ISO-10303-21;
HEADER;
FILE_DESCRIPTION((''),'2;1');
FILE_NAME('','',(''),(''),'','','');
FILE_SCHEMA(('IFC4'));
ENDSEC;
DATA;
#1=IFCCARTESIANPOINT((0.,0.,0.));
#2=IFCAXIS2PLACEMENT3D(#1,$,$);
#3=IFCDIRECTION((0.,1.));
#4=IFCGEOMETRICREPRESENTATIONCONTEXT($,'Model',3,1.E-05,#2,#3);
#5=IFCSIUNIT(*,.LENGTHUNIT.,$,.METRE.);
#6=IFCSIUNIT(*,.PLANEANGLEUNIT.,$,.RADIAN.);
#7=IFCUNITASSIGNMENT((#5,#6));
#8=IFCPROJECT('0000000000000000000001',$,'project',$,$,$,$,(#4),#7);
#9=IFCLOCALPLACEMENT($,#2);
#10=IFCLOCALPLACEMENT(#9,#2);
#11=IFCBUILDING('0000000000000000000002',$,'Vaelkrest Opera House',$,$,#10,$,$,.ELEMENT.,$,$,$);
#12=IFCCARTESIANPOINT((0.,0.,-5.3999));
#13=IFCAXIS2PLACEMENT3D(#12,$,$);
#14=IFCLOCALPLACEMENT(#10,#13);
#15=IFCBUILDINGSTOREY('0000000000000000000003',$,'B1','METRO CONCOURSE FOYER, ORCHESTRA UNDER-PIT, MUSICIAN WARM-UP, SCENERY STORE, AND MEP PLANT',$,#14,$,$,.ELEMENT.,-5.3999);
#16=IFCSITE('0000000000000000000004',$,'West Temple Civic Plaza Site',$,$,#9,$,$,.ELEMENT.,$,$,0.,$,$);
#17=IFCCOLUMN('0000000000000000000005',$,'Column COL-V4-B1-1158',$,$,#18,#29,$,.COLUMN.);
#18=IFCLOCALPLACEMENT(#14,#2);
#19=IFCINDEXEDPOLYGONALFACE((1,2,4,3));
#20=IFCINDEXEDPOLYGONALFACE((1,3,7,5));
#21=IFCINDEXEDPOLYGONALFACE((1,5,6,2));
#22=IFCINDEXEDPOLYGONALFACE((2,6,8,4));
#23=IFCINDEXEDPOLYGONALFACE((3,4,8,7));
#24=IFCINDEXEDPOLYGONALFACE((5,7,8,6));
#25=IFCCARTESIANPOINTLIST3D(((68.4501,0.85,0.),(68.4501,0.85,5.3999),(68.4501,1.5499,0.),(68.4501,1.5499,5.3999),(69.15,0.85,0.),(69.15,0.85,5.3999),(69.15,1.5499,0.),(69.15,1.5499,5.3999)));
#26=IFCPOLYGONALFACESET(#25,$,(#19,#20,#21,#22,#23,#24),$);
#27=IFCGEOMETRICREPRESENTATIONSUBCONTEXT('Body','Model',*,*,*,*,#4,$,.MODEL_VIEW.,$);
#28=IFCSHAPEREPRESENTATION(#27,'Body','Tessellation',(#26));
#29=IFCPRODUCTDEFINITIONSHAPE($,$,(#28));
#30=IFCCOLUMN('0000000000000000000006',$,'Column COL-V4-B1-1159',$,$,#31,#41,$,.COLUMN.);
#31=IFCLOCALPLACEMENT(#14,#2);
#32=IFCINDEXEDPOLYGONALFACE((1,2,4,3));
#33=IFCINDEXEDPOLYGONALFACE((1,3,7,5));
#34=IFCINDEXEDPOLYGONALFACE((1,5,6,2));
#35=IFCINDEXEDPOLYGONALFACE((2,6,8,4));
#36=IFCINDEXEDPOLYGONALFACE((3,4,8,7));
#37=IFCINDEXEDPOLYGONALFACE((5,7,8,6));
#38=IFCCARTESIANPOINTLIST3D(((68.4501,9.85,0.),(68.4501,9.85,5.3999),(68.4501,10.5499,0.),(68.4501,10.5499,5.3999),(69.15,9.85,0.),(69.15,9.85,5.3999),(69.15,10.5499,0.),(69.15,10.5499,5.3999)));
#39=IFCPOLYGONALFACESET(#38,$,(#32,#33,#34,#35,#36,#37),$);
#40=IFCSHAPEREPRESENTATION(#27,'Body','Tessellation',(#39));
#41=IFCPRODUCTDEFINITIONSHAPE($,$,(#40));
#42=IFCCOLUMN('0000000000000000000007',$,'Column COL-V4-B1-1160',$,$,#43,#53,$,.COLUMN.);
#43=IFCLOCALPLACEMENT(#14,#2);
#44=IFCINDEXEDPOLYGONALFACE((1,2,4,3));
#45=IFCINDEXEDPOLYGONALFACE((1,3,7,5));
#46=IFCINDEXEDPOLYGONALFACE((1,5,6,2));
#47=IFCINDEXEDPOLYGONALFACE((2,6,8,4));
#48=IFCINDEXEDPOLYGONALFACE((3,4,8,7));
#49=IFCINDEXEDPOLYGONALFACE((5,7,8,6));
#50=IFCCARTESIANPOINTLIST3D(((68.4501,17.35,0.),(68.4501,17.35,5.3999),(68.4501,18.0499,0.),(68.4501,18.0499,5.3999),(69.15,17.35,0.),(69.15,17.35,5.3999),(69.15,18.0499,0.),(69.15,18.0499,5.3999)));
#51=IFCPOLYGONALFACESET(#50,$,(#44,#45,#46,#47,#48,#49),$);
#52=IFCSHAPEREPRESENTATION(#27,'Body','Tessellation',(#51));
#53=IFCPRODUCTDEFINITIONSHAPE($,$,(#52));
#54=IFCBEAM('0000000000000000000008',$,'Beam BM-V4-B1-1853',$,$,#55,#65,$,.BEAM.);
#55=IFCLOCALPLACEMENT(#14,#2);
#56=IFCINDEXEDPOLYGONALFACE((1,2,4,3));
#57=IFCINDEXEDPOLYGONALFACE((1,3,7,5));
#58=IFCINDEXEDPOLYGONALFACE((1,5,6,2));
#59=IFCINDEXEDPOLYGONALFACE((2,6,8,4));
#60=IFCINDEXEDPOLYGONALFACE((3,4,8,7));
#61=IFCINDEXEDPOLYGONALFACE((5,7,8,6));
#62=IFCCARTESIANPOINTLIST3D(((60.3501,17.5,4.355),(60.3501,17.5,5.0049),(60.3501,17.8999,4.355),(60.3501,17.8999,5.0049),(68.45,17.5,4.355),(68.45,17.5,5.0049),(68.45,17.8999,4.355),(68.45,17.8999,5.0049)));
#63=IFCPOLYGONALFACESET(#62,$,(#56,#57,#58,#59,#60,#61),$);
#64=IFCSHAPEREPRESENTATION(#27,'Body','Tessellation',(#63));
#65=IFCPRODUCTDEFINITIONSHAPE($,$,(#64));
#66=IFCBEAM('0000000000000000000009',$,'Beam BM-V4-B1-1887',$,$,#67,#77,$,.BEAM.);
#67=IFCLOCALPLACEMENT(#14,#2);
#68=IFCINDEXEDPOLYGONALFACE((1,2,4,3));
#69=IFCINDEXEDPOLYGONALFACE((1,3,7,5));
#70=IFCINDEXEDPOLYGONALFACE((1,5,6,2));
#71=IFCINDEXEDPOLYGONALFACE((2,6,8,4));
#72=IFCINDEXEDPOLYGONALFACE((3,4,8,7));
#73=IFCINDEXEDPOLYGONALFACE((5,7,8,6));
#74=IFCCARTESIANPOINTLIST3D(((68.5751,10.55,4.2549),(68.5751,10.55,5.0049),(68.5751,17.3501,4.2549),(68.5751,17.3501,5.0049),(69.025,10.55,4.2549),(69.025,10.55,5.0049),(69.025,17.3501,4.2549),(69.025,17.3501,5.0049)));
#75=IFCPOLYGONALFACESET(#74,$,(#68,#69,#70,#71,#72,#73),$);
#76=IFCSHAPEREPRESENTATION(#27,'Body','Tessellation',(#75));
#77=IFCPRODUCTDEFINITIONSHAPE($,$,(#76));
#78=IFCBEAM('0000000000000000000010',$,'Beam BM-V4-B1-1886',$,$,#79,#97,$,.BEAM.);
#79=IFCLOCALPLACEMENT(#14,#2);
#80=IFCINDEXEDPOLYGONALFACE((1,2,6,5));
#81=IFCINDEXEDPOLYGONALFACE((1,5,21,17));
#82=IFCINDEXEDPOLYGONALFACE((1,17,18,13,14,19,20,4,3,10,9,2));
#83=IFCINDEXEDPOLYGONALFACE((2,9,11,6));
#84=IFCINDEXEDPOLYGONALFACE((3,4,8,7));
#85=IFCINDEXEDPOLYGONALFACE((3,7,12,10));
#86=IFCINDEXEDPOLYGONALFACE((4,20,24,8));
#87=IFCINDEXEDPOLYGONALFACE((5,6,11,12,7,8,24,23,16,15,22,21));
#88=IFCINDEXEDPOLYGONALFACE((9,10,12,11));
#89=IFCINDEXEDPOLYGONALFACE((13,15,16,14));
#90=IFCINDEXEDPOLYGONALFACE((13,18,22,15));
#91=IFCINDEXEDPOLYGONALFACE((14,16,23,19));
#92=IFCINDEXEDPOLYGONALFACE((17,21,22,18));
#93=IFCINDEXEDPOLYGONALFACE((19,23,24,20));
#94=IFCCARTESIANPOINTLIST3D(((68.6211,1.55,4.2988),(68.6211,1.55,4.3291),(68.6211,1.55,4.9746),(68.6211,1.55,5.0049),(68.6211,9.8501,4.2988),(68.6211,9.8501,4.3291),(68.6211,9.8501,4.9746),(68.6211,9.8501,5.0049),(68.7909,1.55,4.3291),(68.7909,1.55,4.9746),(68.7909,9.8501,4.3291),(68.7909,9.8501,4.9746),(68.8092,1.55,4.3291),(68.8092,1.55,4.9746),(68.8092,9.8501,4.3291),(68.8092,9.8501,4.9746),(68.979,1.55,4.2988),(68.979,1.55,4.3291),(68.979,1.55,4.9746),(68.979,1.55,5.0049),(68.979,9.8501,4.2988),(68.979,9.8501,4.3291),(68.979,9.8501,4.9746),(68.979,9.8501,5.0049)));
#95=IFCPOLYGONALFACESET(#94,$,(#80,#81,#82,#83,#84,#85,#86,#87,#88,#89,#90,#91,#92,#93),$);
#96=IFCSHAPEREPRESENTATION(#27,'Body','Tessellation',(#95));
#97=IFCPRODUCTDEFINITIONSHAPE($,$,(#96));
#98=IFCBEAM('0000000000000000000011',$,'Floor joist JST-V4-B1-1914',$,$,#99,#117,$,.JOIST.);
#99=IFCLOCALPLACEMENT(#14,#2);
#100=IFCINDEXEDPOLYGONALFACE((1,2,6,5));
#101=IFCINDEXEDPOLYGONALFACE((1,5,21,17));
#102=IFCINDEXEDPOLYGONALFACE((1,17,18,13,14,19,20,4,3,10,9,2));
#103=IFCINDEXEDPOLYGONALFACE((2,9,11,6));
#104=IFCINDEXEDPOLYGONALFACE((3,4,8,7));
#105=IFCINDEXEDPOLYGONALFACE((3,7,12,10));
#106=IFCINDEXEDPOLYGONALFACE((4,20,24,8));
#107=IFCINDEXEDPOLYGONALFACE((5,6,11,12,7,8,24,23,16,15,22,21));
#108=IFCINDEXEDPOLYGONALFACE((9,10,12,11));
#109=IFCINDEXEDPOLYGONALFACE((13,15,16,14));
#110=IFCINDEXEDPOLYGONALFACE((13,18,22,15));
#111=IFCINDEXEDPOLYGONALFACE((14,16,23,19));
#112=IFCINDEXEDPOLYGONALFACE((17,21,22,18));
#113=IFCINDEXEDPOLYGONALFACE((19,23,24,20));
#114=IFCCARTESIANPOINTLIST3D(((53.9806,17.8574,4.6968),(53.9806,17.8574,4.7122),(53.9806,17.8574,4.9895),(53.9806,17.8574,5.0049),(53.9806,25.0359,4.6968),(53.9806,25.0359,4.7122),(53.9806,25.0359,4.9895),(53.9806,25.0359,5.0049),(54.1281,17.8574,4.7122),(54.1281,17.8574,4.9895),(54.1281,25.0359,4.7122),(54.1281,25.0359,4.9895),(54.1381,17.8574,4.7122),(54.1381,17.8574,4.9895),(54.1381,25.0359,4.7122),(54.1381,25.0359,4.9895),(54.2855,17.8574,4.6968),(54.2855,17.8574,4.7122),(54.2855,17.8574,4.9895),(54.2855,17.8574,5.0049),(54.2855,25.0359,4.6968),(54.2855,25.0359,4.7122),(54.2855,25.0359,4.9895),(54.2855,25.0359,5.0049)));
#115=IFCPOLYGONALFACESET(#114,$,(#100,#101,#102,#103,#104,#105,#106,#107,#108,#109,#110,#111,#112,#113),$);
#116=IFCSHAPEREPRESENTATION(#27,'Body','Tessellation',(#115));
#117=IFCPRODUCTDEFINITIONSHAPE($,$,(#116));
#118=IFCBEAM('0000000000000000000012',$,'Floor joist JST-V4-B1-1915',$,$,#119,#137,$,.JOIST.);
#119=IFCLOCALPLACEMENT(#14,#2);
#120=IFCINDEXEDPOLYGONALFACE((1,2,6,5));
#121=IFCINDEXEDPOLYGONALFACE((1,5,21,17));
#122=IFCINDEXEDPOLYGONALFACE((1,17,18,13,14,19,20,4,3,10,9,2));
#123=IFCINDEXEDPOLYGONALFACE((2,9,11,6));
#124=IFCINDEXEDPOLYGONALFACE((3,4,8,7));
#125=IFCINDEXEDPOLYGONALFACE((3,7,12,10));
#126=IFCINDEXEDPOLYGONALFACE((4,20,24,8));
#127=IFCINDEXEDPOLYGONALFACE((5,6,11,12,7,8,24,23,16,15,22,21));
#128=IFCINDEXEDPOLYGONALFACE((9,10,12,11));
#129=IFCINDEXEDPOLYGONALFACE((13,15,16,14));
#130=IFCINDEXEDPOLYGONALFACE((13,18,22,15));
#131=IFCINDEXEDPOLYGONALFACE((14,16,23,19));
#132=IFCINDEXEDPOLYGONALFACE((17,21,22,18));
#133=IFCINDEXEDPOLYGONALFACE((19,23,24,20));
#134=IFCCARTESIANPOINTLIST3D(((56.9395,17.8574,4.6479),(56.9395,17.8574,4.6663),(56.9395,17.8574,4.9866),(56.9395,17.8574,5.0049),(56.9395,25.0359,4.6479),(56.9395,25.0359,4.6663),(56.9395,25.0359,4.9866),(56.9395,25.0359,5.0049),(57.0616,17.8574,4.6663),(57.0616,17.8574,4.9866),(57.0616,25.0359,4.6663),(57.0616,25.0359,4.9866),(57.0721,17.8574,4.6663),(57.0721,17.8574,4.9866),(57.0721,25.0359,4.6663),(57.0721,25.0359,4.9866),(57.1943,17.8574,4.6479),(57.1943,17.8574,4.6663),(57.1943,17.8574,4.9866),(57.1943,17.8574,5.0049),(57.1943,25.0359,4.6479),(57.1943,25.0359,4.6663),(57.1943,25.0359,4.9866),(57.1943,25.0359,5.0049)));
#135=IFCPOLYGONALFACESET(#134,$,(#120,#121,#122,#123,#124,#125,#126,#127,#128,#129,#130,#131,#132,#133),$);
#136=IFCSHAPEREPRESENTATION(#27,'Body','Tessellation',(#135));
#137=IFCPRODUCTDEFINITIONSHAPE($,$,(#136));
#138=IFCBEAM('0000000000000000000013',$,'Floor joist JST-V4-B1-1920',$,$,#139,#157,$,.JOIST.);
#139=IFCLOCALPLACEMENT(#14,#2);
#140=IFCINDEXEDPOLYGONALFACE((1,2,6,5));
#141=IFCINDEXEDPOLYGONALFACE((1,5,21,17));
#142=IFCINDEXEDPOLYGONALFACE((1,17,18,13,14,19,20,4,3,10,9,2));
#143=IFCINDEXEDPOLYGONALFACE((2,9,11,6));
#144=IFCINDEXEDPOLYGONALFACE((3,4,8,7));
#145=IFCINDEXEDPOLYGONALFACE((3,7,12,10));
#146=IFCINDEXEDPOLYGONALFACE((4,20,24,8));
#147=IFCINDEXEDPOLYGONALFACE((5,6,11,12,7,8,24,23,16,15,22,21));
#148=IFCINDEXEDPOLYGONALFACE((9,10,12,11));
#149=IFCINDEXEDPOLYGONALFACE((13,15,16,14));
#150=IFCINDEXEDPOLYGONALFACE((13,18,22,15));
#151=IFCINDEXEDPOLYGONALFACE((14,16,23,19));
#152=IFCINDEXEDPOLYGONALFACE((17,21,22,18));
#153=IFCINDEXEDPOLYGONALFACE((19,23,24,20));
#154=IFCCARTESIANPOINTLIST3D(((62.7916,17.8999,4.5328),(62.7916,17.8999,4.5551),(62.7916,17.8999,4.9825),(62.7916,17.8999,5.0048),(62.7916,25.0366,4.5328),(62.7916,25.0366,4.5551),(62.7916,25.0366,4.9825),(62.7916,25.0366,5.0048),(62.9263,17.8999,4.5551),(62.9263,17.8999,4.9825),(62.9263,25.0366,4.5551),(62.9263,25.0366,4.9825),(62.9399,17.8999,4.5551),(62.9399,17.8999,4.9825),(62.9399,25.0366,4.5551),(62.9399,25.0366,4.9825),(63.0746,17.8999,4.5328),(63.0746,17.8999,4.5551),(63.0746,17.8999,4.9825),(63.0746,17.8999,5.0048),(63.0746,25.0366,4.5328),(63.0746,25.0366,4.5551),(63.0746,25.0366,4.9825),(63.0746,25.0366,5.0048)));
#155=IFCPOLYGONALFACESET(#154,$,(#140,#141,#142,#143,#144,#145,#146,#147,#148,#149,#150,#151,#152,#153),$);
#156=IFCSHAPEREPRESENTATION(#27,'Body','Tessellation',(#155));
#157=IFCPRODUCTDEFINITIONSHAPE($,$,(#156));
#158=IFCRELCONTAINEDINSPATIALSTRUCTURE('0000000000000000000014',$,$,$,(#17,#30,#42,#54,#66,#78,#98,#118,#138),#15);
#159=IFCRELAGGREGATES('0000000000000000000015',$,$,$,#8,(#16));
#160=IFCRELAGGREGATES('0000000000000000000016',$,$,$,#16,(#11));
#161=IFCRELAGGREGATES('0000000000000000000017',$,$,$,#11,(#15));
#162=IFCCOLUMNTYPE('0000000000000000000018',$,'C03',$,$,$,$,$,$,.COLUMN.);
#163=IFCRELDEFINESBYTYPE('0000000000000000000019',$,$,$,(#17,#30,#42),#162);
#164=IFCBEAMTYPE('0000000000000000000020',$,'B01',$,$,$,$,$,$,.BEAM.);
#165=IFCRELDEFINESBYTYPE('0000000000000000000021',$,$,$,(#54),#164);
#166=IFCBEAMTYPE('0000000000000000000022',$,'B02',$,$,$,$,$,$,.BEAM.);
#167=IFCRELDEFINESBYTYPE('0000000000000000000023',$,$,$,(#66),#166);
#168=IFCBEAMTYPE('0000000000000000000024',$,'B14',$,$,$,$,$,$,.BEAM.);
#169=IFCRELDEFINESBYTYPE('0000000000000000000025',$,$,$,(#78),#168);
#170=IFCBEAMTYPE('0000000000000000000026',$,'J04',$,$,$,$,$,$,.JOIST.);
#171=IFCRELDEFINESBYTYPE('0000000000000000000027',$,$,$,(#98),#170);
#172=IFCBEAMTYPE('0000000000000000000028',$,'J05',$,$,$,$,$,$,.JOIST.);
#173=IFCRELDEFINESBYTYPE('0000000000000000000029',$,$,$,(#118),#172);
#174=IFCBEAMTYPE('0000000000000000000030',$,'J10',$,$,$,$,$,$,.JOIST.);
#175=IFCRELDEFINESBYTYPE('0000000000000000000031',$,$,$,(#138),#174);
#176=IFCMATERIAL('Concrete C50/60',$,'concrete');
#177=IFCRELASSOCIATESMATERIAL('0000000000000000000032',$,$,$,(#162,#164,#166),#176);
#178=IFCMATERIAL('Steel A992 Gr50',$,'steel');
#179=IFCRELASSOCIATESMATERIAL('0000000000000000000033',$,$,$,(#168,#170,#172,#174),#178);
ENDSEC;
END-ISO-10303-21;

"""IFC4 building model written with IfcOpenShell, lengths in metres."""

from ifc_helpers import new_model, si_unit, direction, frame, origin, origin_2d, place, context, subcontext, project, spatial, rectangle, i_section, extrude, material, material_profile, profile_set, type_object, element, save


model = new_model("IFC4")

# Units and contexts
model_context = context("Model", 3, precision=1e-05, world=origin(), true_north=direction((0.0, 1.0)))
body_context = subcontext(model_context, "Body", "Model", "MODEL_VIEW")
ifc_project = project(units=[si_unit("LENGTHUNIT", "METRE"), si_unit("PLANEANGLEUNIT", "RADIAN")], contexts=[model_context])

# Site, building, storey
site_placement = place(None, origin())
site = spatial("IfcSite", under=ifc_project, at=site_placement, Name="West Temple Civic Plaza Site", CompositionType="ELEMENT", RefElevation=0.0)
building_placement = place(site_placement, origin())
building = spatial("IfcBuilding", under=site, at=building_placement, Name="Vaelkrest Opera House", CompositionType="ELEMENT")
storey_placement = place(building_placement, frame((0.0, 0.0, -5.3999)))
storey = spatial("IfcBuildingStorey", under=building, at=storey_placement, Name="B1", Description="METRO CONCOURSE FOYER, ORCHESTRA UNDER-PIT, MUSICIAN WARM-UP, SCENERY STORE, AND MEP PLANT", CompositionType="ELEMENT", Elevation=-5.3999)

# Columns
ifc_material_1 = material(Name="Concrete C50/60", Category="concrete")
ifc_material_profile_1 = material_profile(ifc_material_1, rectangle(XDim=0.7, YDim=0.7, at=origin_2d()), Name="RC700X700")
ifc_profile_set_1 = profile_set([ifc_material_profile_1], Name="Concrete C50/60")
column_type = type_object("IfcColumnType", Name="C03", PredefinedType="COLUMN", material=ifc_profile_set_1)
for number, where, z_axis, x_axis, name in (
    (1, (68.8, 1.2, 0.0), (0.0, 0.0, 1.0), (1.0, 0.0, 0.0), "Column COL-V4-B1-1158"),
    (2, (68.8, 10.2, 0.0), (0.0, 0.0, 1.0), (1.0, 0.0, 0.0), "Column COL-V4-B1-1159"),
    (3, (68.8, 17.7, 0.0), (0.0, 0.0, 1.0), (1.0, 0.0, 0.0), "Column COL-V4-B1-1160"),
):
    element("IfcColumn", number, at=place(storey_placement, frame(where, z_axis=z_axis, x_axis=x_axis)), inside=storey, type_object=column_type, Name=name, PredefinedType="COLUMN", context=body_context, shape_type="SweptSolid", body=[
        extrude(rectangle(XDim=0.7, YDim=0.7, at=origin_2d()), origin(), (0.0, 0.0, 1.0), 5.3999),
    ])

# Beams
ifc_material_profile_2 = material_profile(ifc_material_1, rectangle(XDim=0.3999, YDim=0.6499, at=origin_2d()), Name="RCB400X650")
ifc_profile_set_2 = profile_set([ifc_material_profile_2], Name="Concrete C50/60")
beam_type_1 = type_object("IfcBeamType", Name="B01", PredefinedType="BEAM", material=ifc_profile_set_2)
beam_1_placement = place(storey_placement, frame((60.3501, 17.7, 4.6799), z_axis=(1.0, 0.0, 0.0), x_axis=(0.0, 1.0, 0.0)))
element("IfcBeam", 4, at=beam_1_placement, inside=storey, type_object=beam_type_1, Name="Beam BM-V4-B1-1853", PredefinedType="BEAM", context=body_context, shape_type="SweptSolid", body=[
    extrude(rectangle(XDim=0.3999, YDim=0.6499, at=origin_2d()), origin(), (0.0, 0.0, 1.0), 8.0999),
])
ifc_material_profile_3 = material_profile(ifc_material_1, rectangle(XDim=0.45, YDim=0.75, at=origin_2d()), Name="RCB450X750")
ifc_profile_set_3 = profile_set([ifc_material_profile_3], Name="Concrete C50/60")
beam_type_2 = type_object("IfcBeamType", Name="B02", PredefinedType="BEAM", material=ifc_profile_set_3)
beam_2_placement = place(storey_placement, frame((68.8, 10.55, 4.6299), z_axis=(0.0, 1.0, 0.0), x_axis=(-1.0, 0.0, 0.0)))
element("IfcBeam", 5, at=beam_2_placement, inside=storey, type_object=beam_type_2, Name="Beam BM-V4-B1-1887", PredefinedType="BEAM", context=body_context, shape_type="SweptSolid", body=[
    extrude(rectangle(XDim=0.45, YDim=0.75, at=origin_2d()), origin(), (0.0, 0.0, 1.0), 6.8),
])
ifc_material_2 = material(Name="Steel A992 Gr50", Category="steel")
ifc_material_profile_4 = material_profile(ifc_material_2, i_section(OverallWidth=0.3579, OverallDepth=0.7061, WebThickness=0.0183, FlangeThickness=0.0303, at=origin_2d()), Name="W27X178")
ifc_profile_set_4 = profile_set([ifc_material_profile_4], Name="Steel A992 Gr50")
beam_type_3 = type_object("IfcBeamType", Name="B14", PredefinedType="BEAM", material=ifc_profile_set_4)
beam_3_placement = place(storey_placement, frame((68.8, 1.55, 4.6519), z_axis=(0.0, 1.0, 0.0), x_axis=(-1.0, 0.0, 0.0)))
element("IfcBeam", 6, at=beam_3_placement, inside=storey, type_object=beam_type_3, Name="Beam BM-V4-B1-1886", PredefinedType="BEAM", context=body_context, shape_type="SweptSolid", body=[
    extrude(i_section(OverallWidth=0.3579, OverallDepth=0.7061, WebThickness=0.0183, FlangeThickness=0.0303, at=origin_2d()), origin(), (0.0, 0.0, 1.0), 8.3),
])
ifc_material_profile_5 = material_profile(ifc_material_2, i_section(OverallWidth=0.3049, OverallDepth=0.3081, WebThickness=0.01, FlangeThickness=0.0154, at=origin_2d()), Name="W12X65")
ifc_profile_set_5 = profile_set([ifc_material_profile_5], Name="Steel A992 Gr50")
beam_type_4 = type_object("IfcBeamType", Name="J04", PredefinedType="JOIST", material=ifc_profile_set_5)
beam_4_placement = place(storey_placement, frame((54.1331, 17.8574, 4.8508), z_axis=(0.0, 1.0, 0.0), x_axis=(-1.0, 0.0, 0.0)))
element("IfcBeam", 7, at=beam_4_placement, inside=storey, type_object=beam_type_4, Name="Floor joist JST-V4-B1-1914", PredefinedType="JOIST", context=body_context, shape_type="SweptSolid", body=[
    extrude(i_section(OverallWidth=0.3049, OverallDepth=0.3081, WebThickness=0.01, FlangeThickness=0.0154, at=origin_2d()), origin(), (0.0, 0.0, 1.0), 7.1785),
])
ifc_material_profile_6 = material_profile(ifc_material_2, i_section(OverallWidth=0.2549, OverallDepth=0.3569, WebThickness=0.0105, FlangeThickness=0.0183, at=origin_2d()), Name="W14X68")
ifc_profile_set_6 = profile_set([ifc_material_profile_6], Name="Steel A992 Gr50")
beam_type_5 = type_object("IfcBeamType", Name="J05", PredefinedType="JOIST", material=ifc_profile_set_6)
beam_5_placement = place(storey_placement, frame((57.0669, 17.8574, 4.8264), z_axis=(0.0, 1.0, 0.0), x_axis=(-1.0, 0.0, 0.0)))
element("IfcBeam", 8, at=beam_5_placement, inside=storey, type_object=beam_type_5, Name="Floor joist JST-V4-B1-1915", PredefinedType="JOIST", context=body_context, shape_type="SweptSolid", body=[
    extrude(i_section(OverallWidth=0.2549, OverallDepth=0.3569, WebThickness=0.0105, FlangeThickness=0.0183, at=origin_2d()), origin(), (0.0, 0.0, 1.0), 7.1785),
])
ifc_material_profile_7 = material_profile(ifc_material_2, i_section(OverallWidth=0.283, OverallDepth=0.4719, WebThickness=0.0137, FlangeThickness=0.0222, at=origin_2d()), Name="W18X97")
ifc_profile_set_7 = profile_set([ifc_material_profile_7], Name="Steel A992 Gr50")
beam_type_6 = type_object("IfcBeamType", Name="J10", PredefinedType="JOIST", material=ifc_profile_set_7)
beam_6_placement = place(storey_placement, frame((62.9331, 17.8999, 4.7688), z_axis=(0.0, 1.0, 0.0), x_axis=(-1.0, 0.0, 0.0)))
element("IfcBeam", 9, at=beam_6_placement, inside=storey, type_object=beam_type_6, Name="Floor joist JST-V4-B1-1920", PredefinedType="JOIST", context=body_context, shape_type="SweptSolid", body=[
    extrude(i_section(OverallWidth=0.283, OverallDepth=0.4719, WebThickness=0.0137, FlangeThickness=0.0222, at=origin_2d()), origin(), (0.0, 0.0, 1.0), 7.1367),
])

save(model, "model.ifc")
